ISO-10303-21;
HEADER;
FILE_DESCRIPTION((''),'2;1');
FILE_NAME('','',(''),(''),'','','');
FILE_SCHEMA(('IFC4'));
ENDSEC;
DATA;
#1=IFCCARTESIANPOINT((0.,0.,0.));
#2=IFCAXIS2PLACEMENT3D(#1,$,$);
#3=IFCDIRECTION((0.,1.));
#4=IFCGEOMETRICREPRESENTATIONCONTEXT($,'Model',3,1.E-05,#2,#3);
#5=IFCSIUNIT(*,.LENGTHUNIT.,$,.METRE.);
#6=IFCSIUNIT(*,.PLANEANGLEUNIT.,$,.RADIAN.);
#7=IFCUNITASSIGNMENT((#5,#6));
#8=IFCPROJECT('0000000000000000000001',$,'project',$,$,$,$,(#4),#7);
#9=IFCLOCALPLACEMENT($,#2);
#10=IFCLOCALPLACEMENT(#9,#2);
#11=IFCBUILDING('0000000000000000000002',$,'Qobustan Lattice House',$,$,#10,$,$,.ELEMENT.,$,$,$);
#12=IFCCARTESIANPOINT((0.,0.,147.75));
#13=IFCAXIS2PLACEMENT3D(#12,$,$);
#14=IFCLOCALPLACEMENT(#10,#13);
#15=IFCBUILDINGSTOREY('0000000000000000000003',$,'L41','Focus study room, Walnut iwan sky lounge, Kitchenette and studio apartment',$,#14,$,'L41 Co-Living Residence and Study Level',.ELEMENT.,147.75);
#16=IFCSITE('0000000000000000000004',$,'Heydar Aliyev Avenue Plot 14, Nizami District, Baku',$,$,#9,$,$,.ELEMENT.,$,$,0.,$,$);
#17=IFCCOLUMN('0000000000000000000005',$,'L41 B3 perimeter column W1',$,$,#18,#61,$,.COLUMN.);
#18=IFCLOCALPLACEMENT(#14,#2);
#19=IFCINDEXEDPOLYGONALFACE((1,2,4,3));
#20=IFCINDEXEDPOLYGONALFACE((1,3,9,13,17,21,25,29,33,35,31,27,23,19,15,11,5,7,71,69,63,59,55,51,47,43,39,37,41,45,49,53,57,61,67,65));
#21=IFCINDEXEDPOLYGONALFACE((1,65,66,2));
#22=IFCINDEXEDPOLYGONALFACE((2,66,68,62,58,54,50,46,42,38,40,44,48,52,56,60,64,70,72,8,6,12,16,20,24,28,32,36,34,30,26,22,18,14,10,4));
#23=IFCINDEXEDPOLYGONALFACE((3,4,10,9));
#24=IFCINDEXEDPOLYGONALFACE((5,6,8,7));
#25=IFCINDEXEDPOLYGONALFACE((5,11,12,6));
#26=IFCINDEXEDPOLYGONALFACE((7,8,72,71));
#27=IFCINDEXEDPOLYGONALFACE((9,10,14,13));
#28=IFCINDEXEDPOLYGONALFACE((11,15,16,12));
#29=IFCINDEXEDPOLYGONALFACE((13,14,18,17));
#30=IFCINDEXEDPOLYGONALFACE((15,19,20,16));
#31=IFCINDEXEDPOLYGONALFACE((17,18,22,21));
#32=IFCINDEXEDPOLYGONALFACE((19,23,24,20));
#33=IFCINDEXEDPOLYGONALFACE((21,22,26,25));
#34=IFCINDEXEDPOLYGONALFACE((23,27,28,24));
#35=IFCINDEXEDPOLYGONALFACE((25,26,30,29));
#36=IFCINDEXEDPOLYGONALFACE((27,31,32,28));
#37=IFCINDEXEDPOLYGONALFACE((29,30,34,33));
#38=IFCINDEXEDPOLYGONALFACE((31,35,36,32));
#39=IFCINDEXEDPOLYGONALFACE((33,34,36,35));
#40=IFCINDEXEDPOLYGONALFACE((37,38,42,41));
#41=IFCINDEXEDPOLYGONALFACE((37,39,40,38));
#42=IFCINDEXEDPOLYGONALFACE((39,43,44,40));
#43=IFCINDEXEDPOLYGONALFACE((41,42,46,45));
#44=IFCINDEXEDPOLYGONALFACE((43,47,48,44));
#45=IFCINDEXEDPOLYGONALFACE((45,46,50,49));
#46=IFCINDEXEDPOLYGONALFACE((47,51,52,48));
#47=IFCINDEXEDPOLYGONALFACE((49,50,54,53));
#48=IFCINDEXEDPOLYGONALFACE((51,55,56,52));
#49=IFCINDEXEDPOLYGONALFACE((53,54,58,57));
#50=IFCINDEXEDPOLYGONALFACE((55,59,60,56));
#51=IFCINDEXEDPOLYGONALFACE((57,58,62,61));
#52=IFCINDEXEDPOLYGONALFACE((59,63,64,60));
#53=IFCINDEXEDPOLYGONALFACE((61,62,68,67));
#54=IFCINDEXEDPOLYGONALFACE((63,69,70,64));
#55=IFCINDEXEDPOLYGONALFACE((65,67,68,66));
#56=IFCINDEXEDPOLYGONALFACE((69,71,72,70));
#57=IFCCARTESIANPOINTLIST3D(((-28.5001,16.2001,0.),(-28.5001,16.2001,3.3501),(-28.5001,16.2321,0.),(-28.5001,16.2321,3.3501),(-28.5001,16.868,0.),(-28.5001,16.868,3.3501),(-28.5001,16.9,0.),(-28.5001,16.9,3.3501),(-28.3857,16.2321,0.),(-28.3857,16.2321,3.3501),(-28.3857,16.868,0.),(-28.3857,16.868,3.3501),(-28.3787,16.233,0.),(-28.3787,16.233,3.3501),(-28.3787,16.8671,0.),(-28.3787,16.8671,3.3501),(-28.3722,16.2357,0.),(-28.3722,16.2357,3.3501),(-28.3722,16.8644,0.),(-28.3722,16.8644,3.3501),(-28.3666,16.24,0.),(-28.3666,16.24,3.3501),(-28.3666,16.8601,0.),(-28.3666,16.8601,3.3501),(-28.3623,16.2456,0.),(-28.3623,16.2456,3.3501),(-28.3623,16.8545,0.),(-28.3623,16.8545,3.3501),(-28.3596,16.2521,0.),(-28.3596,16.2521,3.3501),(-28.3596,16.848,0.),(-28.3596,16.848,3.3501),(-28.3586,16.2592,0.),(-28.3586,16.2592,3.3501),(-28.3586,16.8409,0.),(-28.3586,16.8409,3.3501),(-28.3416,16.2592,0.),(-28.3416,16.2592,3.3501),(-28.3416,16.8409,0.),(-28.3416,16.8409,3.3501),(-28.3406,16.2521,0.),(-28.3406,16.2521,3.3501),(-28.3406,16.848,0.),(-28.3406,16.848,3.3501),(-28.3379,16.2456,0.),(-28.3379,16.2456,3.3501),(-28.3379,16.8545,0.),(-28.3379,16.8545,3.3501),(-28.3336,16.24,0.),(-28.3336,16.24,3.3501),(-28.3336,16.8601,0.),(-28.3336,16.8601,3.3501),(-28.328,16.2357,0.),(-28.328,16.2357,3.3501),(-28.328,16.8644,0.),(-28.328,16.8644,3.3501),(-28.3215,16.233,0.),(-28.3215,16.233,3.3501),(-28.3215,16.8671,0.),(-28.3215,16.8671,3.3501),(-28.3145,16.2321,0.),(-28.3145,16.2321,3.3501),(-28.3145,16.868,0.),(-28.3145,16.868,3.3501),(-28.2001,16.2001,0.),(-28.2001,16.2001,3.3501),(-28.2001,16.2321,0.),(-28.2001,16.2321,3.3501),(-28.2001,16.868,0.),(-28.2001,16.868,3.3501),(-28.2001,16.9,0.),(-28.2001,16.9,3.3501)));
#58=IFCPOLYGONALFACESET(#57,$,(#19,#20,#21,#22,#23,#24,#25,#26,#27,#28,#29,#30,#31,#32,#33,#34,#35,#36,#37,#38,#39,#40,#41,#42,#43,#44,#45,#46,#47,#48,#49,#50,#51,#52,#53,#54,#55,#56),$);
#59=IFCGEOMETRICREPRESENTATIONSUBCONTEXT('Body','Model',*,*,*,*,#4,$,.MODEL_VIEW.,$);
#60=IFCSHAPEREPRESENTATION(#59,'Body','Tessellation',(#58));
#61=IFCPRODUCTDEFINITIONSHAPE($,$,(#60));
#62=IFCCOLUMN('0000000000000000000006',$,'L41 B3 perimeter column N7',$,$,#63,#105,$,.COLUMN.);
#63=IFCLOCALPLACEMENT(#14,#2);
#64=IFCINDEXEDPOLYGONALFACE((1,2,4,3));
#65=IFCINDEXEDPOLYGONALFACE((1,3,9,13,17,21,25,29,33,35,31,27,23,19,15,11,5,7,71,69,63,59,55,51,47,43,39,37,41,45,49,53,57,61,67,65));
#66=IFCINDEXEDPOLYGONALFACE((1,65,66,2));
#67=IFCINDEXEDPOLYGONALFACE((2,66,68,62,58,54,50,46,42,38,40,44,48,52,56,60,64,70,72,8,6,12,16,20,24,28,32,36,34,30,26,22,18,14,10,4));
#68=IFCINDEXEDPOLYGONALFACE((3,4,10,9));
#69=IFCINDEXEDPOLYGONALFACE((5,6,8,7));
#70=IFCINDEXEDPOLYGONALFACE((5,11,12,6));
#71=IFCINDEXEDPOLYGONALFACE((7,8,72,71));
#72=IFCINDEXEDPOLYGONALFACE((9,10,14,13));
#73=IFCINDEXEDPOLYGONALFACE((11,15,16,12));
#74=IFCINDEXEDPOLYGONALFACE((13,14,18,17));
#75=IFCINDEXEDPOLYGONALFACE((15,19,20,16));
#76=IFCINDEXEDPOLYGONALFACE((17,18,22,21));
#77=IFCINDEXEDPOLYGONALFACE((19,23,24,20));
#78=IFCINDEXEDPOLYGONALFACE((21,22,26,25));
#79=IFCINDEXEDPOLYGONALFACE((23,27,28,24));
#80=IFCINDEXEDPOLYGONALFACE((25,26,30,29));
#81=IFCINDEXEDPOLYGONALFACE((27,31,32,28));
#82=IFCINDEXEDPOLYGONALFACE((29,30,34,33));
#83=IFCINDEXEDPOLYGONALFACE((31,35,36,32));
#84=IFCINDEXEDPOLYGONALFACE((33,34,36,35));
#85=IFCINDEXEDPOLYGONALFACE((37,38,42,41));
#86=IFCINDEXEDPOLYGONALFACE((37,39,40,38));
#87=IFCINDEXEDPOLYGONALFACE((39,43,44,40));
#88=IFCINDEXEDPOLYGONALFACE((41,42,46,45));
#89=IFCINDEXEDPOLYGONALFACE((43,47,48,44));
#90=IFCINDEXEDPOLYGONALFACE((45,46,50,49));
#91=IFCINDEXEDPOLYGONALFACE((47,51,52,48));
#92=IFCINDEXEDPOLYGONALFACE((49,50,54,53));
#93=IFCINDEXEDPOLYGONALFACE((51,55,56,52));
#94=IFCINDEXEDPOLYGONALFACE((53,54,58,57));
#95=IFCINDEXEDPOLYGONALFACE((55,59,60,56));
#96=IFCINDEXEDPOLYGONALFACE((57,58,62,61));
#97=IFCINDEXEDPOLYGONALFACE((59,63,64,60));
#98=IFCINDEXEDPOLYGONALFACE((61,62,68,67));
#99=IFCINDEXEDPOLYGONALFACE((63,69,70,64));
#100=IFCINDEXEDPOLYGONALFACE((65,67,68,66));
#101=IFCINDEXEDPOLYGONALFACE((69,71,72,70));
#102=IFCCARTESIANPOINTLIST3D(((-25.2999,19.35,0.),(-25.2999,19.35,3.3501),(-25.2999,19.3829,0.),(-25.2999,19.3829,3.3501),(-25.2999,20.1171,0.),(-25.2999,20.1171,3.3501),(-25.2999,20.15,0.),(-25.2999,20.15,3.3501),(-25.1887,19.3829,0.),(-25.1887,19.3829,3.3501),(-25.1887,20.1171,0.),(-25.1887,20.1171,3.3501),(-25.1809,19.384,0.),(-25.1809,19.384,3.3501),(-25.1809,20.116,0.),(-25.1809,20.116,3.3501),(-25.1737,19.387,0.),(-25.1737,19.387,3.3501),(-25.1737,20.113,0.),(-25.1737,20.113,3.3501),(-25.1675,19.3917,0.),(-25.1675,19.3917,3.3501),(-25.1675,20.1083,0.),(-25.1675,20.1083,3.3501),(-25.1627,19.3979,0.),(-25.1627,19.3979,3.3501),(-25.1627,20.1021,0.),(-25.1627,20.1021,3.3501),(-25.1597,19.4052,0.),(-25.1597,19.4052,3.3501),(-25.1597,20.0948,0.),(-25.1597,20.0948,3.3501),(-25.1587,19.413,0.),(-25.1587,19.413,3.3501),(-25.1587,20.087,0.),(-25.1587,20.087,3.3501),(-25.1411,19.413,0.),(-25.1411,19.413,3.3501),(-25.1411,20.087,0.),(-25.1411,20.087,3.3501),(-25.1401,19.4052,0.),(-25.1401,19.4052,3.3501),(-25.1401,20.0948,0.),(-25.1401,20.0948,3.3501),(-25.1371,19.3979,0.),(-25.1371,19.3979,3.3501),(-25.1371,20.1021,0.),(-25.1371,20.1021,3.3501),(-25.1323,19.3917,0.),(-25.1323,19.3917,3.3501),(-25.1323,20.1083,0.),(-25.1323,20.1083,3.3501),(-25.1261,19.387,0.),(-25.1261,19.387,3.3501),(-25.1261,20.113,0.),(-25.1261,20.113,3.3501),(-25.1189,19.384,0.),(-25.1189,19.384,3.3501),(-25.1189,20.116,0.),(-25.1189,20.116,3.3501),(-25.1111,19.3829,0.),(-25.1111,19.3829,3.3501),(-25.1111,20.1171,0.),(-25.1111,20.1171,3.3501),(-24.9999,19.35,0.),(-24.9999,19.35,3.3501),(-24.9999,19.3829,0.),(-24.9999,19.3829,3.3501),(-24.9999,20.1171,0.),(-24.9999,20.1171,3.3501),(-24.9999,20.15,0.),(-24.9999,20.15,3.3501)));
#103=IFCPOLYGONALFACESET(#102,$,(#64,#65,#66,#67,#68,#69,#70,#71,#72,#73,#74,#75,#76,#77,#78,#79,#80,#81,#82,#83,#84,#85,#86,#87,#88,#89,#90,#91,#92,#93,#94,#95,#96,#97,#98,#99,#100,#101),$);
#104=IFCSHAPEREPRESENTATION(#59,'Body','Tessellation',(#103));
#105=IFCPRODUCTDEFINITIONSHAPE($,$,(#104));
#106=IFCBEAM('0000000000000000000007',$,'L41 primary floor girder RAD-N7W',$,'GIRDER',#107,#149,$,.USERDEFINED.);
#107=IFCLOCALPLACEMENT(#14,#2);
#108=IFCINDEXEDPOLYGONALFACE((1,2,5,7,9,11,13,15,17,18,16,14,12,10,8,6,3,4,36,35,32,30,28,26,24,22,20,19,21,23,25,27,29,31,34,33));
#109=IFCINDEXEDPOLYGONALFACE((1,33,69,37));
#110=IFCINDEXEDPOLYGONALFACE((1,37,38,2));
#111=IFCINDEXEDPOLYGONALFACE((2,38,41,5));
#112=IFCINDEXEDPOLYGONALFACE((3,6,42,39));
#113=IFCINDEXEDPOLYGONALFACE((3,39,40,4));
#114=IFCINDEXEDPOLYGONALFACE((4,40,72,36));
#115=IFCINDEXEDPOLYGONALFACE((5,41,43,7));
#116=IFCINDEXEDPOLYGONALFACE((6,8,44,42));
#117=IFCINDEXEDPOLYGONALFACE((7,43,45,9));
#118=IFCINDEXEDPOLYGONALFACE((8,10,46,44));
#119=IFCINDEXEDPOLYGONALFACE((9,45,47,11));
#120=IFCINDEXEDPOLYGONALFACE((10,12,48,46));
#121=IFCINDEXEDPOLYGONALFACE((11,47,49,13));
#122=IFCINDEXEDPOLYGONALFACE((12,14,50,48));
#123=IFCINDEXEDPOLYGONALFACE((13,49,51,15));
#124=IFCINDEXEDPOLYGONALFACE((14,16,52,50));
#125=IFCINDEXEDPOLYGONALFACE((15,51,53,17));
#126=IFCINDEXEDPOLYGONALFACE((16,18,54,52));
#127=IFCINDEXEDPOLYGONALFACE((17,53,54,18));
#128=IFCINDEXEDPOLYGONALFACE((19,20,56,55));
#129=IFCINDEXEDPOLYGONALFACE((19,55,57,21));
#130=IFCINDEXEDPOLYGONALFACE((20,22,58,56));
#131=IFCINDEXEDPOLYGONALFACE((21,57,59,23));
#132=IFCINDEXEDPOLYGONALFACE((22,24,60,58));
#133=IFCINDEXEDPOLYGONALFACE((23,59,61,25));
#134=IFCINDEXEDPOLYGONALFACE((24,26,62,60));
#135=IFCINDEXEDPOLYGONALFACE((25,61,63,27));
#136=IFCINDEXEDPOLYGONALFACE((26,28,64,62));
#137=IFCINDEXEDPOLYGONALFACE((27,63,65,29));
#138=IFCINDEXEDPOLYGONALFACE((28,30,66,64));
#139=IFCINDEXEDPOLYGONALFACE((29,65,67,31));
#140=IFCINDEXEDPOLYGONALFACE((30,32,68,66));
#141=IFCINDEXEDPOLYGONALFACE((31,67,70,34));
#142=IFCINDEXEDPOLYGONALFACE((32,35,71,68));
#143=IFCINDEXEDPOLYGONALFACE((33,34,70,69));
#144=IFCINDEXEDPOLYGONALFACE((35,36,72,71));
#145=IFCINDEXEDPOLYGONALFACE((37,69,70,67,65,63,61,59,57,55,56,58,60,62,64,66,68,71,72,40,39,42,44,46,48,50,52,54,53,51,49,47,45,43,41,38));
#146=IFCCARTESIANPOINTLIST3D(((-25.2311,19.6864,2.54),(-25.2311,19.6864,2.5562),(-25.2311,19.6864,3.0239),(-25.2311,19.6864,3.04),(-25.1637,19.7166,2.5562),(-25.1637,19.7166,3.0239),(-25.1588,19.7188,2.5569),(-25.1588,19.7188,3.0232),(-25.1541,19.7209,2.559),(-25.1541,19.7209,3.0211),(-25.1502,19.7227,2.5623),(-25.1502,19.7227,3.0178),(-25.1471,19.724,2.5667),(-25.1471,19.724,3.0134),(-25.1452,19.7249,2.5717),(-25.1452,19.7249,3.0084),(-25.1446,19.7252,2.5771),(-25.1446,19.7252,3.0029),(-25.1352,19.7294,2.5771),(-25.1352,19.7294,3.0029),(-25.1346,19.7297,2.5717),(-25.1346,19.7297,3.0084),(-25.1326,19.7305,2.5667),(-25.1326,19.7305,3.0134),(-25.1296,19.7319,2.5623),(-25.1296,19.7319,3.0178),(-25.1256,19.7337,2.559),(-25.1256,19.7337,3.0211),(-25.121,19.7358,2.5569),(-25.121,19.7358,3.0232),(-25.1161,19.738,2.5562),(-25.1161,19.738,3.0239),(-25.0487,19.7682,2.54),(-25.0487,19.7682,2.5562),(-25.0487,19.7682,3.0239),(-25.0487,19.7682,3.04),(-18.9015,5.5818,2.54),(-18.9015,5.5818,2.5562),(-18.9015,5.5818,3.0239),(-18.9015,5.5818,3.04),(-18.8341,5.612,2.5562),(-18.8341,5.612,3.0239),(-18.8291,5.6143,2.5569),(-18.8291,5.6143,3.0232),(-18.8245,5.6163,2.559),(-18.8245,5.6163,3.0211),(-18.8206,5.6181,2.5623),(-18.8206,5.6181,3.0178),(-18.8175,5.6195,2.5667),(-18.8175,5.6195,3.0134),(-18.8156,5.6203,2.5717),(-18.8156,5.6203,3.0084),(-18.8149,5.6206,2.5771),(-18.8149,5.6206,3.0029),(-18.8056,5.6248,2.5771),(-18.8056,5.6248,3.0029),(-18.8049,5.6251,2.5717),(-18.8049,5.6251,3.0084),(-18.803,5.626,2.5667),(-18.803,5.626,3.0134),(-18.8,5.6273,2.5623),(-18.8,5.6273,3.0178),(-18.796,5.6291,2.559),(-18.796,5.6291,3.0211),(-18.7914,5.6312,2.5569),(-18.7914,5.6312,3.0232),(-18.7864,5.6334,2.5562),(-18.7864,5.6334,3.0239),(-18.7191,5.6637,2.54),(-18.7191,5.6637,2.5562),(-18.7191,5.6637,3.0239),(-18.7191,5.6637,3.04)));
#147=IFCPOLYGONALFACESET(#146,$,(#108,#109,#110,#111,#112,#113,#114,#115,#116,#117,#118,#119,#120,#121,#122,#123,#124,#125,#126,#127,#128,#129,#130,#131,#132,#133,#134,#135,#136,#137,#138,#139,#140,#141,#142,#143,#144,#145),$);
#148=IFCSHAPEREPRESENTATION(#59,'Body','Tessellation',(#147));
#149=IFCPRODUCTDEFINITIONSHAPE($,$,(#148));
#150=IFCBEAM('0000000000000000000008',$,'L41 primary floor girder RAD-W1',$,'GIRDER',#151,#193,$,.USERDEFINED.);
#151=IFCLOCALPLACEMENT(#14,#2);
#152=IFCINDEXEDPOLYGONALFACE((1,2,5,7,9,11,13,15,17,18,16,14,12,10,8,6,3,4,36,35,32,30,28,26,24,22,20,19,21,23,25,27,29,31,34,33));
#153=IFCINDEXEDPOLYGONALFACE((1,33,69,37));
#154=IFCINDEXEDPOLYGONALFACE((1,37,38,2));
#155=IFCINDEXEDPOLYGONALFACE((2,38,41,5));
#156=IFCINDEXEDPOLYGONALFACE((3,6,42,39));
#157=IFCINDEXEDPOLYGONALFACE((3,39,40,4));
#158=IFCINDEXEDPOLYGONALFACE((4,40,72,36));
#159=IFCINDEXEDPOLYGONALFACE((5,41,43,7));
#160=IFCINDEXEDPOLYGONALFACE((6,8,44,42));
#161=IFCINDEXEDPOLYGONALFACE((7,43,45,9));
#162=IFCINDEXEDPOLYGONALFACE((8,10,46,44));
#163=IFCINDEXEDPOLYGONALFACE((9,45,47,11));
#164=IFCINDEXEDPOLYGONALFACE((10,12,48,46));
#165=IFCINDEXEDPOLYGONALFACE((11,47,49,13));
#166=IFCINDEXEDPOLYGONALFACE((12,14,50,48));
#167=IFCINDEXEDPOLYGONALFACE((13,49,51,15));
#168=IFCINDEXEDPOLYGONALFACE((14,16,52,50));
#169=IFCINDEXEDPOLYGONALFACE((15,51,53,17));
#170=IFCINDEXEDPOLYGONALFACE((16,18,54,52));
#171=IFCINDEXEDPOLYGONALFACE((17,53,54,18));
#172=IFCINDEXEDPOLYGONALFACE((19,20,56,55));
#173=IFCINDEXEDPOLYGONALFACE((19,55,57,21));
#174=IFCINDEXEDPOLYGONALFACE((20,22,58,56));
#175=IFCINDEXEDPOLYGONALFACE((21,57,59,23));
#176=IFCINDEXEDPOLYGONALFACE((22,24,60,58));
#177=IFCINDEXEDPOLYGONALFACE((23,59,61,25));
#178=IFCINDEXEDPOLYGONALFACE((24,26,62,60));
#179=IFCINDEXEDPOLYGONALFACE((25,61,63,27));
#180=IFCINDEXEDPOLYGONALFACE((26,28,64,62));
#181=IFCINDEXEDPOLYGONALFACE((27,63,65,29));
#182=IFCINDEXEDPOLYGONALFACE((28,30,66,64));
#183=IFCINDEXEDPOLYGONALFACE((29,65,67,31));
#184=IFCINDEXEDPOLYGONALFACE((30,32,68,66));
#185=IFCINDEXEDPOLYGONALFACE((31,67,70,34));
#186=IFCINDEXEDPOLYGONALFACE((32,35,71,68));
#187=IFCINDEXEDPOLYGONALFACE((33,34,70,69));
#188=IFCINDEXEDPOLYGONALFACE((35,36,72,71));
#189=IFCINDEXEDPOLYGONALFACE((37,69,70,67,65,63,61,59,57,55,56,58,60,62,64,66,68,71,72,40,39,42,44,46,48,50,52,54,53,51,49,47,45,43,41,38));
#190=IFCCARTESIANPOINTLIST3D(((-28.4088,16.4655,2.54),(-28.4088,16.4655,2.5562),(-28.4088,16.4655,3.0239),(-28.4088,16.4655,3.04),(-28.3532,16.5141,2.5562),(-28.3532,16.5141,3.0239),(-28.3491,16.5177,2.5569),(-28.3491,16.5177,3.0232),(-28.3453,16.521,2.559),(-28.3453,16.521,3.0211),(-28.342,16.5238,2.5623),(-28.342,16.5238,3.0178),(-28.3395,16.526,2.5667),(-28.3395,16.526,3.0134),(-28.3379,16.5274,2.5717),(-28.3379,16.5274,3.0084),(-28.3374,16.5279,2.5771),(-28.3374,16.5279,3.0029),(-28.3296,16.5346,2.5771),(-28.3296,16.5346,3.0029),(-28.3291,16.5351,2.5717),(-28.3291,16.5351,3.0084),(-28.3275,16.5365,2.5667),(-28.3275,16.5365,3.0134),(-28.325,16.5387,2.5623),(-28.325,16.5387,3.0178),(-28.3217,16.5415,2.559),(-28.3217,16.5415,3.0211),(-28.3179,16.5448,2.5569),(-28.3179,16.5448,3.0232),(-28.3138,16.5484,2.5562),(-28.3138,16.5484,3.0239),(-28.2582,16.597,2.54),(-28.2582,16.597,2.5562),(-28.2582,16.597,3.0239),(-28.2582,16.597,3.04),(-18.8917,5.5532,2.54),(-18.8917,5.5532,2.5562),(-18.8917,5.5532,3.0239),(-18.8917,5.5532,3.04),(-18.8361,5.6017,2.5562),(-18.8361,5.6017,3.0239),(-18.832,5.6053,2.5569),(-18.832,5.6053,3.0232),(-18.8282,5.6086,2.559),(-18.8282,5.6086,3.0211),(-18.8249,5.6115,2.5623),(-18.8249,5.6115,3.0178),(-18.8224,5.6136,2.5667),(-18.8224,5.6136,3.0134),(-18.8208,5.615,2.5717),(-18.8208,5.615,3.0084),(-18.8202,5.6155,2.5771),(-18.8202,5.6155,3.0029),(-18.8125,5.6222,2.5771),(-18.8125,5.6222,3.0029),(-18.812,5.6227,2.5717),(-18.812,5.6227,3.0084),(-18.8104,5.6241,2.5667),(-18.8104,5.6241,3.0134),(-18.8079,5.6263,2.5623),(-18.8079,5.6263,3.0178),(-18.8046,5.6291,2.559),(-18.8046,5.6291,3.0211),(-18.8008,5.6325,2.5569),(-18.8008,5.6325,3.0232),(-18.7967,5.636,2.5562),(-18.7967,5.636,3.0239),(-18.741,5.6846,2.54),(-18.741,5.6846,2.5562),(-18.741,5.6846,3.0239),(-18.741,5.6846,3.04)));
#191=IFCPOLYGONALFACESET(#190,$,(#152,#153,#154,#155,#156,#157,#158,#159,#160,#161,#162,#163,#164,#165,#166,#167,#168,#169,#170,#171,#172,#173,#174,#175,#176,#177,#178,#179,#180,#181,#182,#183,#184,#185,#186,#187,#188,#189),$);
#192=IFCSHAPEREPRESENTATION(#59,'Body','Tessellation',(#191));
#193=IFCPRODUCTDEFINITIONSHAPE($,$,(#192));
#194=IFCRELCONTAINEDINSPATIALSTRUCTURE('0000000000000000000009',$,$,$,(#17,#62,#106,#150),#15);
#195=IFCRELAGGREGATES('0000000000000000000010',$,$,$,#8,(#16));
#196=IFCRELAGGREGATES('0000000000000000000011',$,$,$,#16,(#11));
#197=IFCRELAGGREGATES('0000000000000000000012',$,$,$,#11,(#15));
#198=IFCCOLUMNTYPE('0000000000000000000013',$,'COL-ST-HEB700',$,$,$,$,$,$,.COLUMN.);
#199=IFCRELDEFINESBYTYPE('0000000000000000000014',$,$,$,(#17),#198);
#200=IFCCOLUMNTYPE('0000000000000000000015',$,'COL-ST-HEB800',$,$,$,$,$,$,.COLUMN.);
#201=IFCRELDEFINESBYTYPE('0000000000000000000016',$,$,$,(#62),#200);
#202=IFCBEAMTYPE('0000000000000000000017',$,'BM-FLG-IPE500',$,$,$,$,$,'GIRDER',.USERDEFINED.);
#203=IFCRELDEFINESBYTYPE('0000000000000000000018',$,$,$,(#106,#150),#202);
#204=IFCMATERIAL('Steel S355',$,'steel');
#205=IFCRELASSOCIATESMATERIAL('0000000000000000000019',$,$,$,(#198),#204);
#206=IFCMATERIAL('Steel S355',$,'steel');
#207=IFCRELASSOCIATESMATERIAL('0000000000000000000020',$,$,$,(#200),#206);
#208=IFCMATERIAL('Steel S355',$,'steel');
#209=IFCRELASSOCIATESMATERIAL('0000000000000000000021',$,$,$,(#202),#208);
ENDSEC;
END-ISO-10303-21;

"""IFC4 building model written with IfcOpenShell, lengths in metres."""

from ifc_helpers import new_model, si_unit, direction, frame, origin, origin_2d, place, context, subcontext, project, spatial, i_section, extrude, material, material_profile, profile_set, type_object, element, save


model = new_model("IFC4")

# Units and contexts
model_context = context("Model", 3, precision=1e-05, world=origin(), true_north=direction((0.0, 1.0)))
body_context = subcontext(model_context, "Body", "Model", "MODEL_VIEW")
ifc_project = project(units=[si_unit("LENGTHUNIT", "METRE"), si_unit("PLANEANGLEUNIT", "RADIAN")], contexts=[model_context])

# Site, building, storey
site_placement = place(None, origin())
site = spatial("IfcSite", under=ifc_project, at=site_placement, Name="Heydar Aliyev Avenue Plot 14, Nizami District, Baku", CompositionType="ELEMENT", RefElevation=0.0)
building_placement = place(site_placement, origin())
building = spatial("IfcBuilding", under=site, at=building_placement, Name="Qobustan Lattice House", CompositionType="ELEMENT")
storey_placement = place(building_placement, frame((0.0, 0.0, 147.75)))
storey = spatial("IfcBuildingStorey", under=building, at=storey_placement, Name="L41", Description="Focus study room, Walnut iwan sky lounge, Kitchenette and studio apartment", LongName="L41 Co-Living Residence and Study Level", CompositionType="ELEMENT", Elevation=147.75)

# Columns
ifc_material_1 = material(Name="Steel S355", Category="steel")
ifc_material_profile_1 = material_profile(ifc_material_1, i_section(OverallWidth=0.3, OverallDepth=0.7, WebThickness=0.0171, FlangeThickness=0.032, FilletRadius=0.0271, at=origin_2d()), Name="HEB700")
ifc_profile_set_1 = profile_set([ifc_material_profile_1], Name="Steel S355")
column_type_1 = type_object("IfcColumnType", Name="COL-ST-HEB700", PredefinedType="COLUMN", material=ifc_profile_set_1)
column_1_placement = place(storey_placement, frame((-28.3501, 16.55, 0.0), z_axis=(0.0, 0.0, 1.0), x_axis=(1.0, 0.0, 0.0)))
element("IfcColumn", 1, at=column_1_placement, inside=storey, type_object=column_type_1, Name="L41 B3 perimeter column W1", PredefinedType="COLUMN", context=body_context, shape_type="SweptSolid", body=[
    extrude(i_section(OverallWidth=0.3, OverallDepth=0.7, WebThickness=0.0171, FlangeThickness=0.032, FilletRadius=0.0271, at=origin_2d()), origin(), (0.0, 0.0, 1.0), 3.3501),
])
ifc_material_2 = material(Name="Steel S355", Category="steel")
ifc_material_profile_2 = material_profile(ifc_material_2, i_section(OverallWidth=0.3, OverallDepth=0.8, WebThickness=0.0176, FlangeThickness=0.033, FilletRadius=0.03, at=origin_2d()), Name="HEB800")
ifc_profile_set_2 = profile_set([ifc_material_profile_2], Name="Steel S355")
column_type_2 = type_object("IfcColumnType", Name="COL-ST-HEB800", PredefinedType="COLUMN", material=ifc_profile_set_2)
column_2_placement = place(storey_placement, frame((-25.1499, 19.75, 0.0), z_axis=(0.0, 0.0, 1.0), x_axis=(1.0, 0.0, 0.0)))
element("IfcColumn", 2, at=column_2_placement, inside=storey, type_object=column_type_2, Name="L41 B3 perimeter column N7", PredefinedType="COLUMN", context=body_context, shape_type="SweptSolid", body=[
    extrude(i_section(OverallWidth=0.3, OverallDepth=0.8, WebThickness=0.0176, FlangeThickness=0.033, FilletRadius=0.03, at=origin_2d()), origin(), (0.0, 0.0, 1.0), 3.3501),
])

# Beams
ifc_material_3 = material(Name="Steel S355", Category="steel")
ifc_material_profile_3 = material_profile(ifc_material_3, i_section(OverallWidth=0.2, OverallDepth=0.5, WebThickness=0.0103, FlangeThickness=0.0161, FilletRadius=0.021, at=origin_2d()), Name="IPE500")
ifc_profile_set_3 = profile_set([ifc_material_profile_3], Name="Steel S355")
beam_type_1 = type_object("IfcBeamType", Name="BM-FLG-IPE500", ElementType="GIRDER", PredefinedType="USERDEFINED", material=ifc_profile_set_3)
beam_1_placement = place(storey_placement, frame((-25.1399, 19.7273, 2.79), z_axis=(0.409427, -0.912343, 0.0), x_axis=(0.912343, 0.409427, 0.0)))
element("IfcBeam", 3, at=beam_1_placement, inside=storey, type_object=beam_type_1, Name="L41 primary floor girder RAD-N7W", ObjectType="GIRDER", PredefinedType="USERDEFINED", context=body_context, shape_type="SweptSolid", body=[
    extrude(i_section(OverallWidth=0.2, OverallDepth=0.5, WebThickness=0.0103, FlangeThickness=0.0161, FilletRadius=0.021, at=origin_2d()), origin(), (0.0, 0.0, 1.0), 15.4597),
])
beam_2_placement = place(storey_placement, frame((-28.3335, 16.5312, 2.79), z_axis=(0.657283, -0.753644, 0.0), x_axis=(0.753644, 0.657283, 0.0)))
element("IfcBeam", 4, at=beam_2_placement, inside=storey, type_object=beam_type_1, Name="L41 primary floor girder RAD-W1", ObjectType="GIRDER", PredefinedType="USERDEFINED", context=body_context, shape_type="SweptSolid", body=[
    extrude(i_section(OverallWidth=0.2, OverallDepth=0.5, WebThickness=0.0103, FlangeThickness=0.0161, FilletRadius=0.021, at=origin_2d()), origin(), (0.0, 0.0, 1.0), 14.4795),
])

save(model, "model.ifc")
